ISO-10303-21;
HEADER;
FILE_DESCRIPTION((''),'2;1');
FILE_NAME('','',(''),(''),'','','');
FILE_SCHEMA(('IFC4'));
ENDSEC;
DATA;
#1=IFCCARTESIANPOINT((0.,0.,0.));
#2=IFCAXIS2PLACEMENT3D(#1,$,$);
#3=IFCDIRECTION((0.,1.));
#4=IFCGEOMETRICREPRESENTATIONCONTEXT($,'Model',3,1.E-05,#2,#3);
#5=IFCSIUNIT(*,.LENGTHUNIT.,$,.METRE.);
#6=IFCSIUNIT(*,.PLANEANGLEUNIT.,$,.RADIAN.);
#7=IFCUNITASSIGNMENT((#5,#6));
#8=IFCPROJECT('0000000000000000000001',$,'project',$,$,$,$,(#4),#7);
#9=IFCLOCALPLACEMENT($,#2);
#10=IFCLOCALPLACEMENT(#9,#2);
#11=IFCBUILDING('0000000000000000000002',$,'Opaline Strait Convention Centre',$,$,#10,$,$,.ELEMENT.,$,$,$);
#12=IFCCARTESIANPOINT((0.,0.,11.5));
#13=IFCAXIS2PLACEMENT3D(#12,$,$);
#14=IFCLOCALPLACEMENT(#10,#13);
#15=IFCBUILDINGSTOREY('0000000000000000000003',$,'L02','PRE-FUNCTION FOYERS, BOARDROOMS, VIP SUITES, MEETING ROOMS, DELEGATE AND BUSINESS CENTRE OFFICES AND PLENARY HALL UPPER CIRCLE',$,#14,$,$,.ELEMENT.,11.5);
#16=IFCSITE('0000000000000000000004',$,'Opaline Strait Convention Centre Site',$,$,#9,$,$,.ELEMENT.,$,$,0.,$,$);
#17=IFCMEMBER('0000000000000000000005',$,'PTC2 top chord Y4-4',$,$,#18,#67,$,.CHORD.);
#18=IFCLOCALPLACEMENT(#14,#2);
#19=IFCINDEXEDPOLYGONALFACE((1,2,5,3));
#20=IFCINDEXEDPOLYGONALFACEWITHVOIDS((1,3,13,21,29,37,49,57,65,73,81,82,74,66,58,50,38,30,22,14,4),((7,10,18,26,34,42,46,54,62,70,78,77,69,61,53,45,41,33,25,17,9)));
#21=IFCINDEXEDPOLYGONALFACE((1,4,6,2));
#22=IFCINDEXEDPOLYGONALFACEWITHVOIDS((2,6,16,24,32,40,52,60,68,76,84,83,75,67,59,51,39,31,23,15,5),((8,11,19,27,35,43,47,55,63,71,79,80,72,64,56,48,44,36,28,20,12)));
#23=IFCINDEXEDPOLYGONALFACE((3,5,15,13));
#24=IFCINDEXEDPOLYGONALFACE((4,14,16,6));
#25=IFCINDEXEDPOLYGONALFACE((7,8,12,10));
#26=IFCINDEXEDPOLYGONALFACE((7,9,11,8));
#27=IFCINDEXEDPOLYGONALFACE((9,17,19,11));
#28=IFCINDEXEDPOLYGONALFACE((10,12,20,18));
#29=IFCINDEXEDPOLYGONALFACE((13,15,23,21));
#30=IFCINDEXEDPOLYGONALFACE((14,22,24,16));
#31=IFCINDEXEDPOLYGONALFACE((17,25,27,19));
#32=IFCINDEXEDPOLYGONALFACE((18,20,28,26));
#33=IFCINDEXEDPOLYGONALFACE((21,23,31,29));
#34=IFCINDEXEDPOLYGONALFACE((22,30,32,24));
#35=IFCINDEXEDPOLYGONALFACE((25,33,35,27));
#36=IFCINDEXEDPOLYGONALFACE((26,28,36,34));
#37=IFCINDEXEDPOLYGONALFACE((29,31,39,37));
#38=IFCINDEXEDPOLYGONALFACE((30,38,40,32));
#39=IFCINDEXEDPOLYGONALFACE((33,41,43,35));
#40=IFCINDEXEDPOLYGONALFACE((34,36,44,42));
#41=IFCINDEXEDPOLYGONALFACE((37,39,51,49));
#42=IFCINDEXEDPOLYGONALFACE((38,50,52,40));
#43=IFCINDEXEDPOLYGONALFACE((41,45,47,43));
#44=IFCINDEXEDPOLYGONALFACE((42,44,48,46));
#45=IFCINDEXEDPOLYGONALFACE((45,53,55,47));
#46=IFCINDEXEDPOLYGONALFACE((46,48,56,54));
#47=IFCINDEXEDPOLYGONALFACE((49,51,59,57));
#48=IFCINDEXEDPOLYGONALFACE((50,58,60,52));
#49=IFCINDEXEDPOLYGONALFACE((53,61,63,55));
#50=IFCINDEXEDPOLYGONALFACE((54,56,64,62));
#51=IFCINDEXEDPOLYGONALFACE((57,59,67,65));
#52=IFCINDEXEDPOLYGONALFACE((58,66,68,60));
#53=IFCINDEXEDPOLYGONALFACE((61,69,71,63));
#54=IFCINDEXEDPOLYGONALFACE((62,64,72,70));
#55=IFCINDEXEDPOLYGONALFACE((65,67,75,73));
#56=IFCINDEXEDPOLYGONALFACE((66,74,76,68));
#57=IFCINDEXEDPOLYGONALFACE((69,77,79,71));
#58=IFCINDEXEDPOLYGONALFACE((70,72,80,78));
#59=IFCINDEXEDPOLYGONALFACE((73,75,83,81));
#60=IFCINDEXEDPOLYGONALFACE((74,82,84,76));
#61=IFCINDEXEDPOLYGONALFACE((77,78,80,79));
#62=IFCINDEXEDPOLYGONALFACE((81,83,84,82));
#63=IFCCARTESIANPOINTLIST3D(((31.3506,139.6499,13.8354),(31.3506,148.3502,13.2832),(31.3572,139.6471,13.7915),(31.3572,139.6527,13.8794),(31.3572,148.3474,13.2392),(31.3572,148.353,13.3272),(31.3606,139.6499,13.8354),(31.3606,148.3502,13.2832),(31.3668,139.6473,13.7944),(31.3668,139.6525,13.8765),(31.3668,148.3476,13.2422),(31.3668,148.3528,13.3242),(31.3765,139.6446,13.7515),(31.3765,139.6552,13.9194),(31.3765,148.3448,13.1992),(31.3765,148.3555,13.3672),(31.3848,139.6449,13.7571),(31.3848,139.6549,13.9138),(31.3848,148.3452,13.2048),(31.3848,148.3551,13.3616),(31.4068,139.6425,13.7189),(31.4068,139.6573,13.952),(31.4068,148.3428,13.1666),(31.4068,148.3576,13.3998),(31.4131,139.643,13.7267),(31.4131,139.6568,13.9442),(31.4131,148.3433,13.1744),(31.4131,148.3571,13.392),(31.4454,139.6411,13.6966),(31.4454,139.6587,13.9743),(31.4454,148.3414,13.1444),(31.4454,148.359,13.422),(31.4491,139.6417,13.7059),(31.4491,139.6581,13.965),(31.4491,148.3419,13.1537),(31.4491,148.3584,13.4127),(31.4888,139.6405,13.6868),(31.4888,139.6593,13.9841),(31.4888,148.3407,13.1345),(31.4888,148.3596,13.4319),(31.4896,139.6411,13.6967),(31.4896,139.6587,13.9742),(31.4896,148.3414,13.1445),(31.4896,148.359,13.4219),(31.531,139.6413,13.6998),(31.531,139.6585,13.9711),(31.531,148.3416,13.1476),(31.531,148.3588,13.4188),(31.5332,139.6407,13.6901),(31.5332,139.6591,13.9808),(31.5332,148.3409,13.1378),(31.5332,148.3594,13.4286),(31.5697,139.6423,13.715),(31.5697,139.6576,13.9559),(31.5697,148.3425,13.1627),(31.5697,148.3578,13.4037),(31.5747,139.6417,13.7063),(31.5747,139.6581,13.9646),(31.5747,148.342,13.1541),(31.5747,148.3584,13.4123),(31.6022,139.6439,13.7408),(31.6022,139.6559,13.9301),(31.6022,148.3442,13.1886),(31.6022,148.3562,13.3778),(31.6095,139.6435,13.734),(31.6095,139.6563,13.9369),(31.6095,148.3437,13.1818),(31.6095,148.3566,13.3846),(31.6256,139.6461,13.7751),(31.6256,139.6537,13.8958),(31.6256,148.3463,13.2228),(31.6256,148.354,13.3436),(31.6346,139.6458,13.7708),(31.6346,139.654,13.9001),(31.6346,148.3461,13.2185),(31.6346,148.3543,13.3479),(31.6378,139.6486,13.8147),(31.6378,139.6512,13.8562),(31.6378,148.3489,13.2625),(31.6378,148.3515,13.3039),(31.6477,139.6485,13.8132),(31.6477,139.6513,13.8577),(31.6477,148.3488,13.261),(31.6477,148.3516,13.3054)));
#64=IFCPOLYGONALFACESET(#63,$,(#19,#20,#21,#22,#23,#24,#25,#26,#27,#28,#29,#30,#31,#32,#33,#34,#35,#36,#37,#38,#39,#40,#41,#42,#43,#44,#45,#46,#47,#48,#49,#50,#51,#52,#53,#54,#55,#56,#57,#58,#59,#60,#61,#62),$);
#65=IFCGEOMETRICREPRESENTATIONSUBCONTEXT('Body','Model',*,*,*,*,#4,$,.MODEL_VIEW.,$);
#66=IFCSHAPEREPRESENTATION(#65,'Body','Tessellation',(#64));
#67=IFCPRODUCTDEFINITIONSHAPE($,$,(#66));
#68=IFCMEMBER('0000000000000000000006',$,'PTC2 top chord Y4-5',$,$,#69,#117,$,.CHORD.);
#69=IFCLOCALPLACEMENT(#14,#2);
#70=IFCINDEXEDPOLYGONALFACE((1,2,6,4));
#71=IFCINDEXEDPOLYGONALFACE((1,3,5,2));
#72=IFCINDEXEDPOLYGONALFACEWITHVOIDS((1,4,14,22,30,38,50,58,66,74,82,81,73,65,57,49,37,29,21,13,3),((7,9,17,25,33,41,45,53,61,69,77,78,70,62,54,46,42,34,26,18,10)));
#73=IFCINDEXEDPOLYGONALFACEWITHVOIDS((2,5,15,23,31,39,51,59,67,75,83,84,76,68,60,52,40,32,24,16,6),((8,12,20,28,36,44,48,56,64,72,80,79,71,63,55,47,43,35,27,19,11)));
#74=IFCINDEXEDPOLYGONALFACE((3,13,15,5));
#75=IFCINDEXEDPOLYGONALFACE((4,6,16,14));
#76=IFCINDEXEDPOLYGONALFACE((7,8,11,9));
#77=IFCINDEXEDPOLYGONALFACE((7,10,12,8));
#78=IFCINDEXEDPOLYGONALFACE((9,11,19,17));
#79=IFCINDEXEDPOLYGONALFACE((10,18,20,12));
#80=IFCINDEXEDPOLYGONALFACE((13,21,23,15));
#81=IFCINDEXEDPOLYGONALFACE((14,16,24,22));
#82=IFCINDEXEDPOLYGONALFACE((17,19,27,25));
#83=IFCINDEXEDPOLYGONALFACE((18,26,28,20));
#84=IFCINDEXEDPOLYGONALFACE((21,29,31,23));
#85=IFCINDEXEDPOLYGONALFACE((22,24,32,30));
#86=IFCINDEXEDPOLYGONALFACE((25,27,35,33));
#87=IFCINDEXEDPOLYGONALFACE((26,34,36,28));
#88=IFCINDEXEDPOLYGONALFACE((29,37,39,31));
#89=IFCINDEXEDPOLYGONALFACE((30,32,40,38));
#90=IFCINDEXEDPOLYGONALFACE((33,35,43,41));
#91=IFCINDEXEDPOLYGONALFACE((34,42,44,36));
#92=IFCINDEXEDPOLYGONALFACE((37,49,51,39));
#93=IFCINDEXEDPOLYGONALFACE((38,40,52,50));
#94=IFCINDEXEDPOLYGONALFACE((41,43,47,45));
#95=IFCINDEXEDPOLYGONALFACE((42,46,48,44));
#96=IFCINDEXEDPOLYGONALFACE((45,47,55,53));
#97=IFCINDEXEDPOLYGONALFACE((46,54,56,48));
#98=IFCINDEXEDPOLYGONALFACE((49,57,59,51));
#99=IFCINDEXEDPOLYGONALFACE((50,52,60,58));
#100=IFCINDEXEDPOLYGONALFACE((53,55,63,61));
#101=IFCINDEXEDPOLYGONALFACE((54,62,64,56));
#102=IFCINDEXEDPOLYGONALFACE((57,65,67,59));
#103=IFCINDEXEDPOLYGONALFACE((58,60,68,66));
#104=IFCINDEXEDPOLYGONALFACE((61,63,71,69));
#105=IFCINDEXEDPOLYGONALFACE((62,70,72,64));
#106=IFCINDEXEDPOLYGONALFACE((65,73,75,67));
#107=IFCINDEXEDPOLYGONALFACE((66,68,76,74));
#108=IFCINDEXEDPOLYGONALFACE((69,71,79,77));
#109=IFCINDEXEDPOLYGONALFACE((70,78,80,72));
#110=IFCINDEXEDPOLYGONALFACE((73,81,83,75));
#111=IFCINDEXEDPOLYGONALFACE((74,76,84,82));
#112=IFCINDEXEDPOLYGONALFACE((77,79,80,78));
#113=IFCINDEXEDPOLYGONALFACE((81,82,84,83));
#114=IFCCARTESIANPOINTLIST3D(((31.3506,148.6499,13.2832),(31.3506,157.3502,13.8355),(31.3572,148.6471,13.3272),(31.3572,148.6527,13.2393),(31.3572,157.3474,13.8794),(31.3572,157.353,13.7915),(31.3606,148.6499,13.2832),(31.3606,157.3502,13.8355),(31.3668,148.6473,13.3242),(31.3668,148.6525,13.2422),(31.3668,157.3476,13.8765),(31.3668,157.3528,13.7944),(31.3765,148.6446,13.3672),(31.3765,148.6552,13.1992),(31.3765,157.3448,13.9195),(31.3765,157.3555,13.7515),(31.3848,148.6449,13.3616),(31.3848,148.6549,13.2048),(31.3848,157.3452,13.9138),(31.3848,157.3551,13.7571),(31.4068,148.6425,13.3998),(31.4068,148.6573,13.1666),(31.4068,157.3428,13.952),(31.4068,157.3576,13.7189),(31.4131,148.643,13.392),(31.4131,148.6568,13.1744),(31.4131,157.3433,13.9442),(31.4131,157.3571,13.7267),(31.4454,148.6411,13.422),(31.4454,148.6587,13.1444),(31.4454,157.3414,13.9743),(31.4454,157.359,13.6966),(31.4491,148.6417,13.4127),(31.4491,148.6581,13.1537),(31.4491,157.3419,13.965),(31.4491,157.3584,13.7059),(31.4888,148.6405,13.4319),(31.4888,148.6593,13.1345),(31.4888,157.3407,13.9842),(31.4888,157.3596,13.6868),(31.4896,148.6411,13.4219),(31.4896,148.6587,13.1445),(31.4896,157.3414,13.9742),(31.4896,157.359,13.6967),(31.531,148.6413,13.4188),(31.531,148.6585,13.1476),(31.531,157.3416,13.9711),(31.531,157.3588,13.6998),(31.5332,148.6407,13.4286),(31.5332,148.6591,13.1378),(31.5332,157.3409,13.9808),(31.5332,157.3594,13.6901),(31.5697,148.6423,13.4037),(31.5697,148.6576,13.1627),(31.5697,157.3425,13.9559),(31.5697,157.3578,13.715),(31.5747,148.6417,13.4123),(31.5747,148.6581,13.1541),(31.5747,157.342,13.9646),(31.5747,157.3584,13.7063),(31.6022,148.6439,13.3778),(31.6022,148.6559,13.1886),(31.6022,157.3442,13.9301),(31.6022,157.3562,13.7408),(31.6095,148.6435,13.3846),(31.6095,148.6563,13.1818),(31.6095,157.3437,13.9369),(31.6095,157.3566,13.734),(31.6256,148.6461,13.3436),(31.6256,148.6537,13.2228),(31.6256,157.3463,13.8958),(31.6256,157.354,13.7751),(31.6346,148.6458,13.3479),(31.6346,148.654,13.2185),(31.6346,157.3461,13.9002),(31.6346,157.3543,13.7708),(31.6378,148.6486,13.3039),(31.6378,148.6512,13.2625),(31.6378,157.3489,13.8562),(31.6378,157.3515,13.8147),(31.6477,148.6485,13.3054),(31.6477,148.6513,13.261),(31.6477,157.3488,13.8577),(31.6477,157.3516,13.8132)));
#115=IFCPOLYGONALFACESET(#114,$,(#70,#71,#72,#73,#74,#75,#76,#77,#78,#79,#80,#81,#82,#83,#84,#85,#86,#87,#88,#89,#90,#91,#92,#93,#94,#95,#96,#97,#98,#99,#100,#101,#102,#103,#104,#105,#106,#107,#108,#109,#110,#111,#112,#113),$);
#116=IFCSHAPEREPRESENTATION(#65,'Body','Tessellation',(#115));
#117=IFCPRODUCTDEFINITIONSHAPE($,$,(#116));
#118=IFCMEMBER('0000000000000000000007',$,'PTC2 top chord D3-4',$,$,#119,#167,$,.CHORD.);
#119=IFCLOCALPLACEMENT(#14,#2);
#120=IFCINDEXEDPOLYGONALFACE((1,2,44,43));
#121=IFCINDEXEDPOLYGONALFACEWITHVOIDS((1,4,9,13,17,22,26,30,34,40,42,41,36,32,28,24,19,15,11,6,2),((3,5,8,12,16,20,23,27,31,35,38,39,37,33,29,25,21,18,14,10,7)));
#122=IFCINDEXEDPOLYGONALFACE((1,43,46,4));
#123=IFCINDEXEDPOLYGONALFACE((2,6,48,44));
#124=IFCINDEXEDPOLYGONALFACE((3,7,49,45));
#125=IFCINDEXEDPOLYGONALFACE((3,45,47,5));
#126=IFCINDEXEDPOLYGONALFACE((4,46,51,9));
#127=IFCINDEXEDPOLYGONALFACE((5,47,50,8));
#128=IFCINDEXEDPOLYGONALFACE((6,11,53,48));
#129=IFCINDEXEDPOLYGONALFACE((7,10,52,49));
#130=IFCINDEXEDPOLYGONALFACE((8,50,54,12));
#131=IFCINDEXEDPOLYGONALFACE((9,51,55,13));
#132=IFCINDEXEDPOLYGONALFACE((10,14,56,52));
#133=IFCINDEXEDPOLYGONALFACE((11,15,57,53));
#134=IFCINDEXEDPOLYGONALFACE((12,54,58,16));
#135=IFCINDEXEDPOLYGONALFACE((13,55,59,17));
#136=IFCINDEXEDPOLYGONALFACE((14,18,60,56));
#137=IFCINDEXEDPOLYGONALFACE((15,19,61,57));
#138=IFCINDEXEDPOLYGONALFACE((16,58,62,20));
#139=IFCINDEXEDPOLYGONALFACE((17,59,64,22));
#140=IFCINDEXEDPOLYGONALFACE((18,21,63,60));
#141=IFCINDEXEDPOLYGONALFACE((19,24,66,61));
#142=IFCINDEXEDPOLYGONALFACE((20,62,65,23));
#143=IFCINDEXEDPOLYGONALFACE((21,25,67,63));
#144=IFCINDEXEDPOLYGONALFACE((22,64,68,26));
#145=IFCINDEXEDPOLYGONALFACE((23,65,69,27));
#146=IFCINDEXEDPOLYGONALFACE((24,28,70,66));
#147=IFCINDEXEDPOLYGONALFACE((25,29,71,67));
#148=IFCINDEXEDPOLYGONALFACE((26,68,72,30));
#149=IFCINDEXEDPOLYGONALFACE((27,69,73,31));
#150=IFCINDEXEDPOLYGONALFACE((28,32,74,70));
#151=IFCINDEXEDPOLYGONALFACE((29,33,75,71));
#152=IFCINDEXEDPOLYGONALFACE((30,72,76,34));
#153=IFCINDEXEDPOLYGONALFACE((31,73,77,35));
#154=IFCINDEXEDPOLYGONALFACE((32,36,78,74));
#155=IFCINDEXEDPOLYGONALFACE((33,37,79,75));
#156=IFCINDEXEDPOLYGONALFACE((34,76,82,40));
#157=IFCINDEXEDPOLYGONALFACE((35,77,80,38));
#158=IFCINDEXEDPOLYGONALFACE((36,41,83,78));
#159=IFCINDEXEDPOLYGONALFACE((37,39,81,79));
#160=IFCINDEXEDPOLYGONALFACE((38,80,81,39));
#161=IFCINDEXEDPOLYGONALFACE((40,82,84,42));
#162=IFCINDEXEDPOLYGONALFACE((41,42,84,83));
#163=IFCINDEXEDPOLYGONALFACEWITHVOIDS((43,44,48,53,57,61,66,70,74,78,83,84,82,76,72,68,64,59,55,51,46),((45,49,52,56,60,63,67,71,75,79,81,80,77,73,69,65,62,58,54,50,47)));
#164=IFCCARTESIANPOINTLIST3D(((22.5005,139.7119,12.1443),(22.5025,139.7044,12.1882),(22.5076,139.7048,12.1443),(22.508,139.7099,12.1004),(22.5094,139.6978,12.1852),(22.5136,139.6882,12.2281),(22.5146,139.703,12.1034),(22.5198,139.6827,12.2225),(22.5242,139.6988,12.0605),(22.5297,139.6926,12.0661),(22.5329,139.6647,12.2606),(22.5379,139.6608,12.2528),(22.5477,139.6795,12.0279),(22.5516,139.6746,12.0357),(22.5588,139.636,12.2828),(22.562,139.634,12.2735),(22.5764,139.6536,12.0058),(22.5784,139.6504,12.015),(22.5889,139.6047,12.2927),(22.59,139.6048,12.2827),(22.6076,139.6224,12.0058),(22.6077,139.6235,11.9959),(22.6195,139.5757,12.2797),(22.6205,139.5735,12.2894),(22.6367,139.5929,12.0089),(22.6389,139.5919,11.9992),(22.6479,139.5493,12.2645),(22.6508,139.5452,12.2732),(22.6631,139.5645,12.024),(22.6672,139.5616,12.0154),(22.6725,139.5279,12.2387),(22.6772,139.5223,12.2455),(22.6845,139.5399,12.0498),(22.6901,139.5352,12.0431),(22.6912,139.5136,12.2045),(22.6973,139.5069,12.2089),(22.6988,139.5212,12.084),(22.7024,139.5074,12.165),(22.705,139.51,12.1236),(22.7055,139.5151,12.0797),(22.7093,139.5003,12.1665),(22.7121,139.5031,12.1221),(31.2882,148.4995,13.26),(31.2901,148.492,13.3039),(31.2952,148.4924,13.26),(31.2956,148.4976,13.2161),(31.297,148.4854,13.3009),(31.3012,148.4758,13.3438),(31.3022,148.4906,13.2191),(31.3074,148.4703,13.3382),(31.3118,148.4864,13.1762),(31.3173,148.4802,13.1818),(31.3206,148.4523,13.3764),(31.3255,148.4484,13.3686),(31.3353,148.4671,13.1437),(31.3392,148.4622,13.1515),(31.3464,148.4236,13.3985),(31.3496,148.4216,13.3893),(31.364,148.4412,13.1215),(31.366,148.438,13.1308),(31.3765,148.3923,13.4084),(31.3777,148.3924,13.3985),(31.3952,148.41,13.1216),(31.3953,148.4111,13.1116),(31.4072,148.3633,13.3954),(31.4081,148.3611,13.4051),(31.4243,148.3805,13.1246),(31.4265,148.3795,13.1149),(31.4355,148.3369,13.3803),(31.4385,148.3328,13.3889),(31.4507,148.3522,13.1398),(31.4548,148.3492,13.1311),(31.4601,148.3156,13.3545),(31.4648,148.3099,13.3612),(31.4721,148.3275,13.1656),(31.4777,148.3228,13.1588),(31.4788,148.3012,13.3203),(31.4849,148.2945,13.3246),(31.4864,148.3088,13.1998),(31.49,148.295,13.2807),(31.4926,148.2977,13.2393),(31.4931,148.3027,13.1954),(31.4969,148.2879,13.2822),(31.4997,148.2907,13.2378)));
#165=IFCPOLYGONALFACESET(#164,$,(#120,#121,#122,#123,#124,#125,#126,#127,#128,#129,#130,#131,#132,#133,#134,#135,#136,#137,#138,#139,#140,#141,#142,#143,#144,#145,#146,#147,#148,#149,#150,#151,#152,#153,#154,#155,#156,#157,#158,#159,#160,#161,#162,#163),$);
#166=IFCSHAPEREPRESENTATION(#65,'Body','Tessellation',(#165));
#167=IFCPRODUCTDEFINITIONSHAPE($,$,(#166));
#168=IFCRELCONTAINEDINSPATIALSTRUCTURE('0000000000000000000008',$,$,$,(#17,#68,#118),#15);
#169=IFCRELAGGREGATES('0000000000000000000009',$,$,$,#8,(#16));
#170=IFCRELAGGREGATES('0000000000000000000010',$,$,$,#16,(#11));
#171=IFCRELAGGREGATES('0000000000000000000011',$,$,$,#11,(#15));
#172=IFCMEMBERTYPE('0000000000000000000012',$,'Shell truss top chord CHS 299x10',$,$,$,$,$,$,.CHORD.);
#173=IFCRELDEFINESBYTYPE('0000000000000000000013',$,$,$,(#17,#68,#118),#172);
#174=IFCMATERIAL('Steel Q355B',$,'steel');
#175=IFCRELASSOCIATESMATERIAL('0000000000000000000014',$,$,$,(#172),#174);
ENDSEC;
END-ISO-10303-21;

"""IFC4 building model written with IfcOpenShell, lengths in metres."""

from ifc_helpers import new_model, si_unit, direction, frame, origin, origin_2d, place, context, subcontext, project, spatial, hollow_circle, extrude, material, material_profile, profile_set, type_object, element, save


model = new_model("IFC4")

# Units and contexts
model_context = context("Model", 3, precision=1e-05, world=origin(), true_north=direction((0.0, 1.0)))
body_context = subcontext(model_context, "Body", "Model", "MODEL_VIEW")
ifc_project = project(units=[si_unit("LENGTHUNIT", "METRE"), si_unit("PLANEANGLEUNIT", "RADIAN")], contexts=[model_context])

# Site, building, storey
site_placement = place(None, origin())
site = spatial("IfcSite", under=ifc_project, at=site_placement, Name="Opaline Strait Convention Centre Site", CompositionType="ELEMENT", RefElevation=0.0)
building_placement = place(site_placement, origin())
building = spatial("IfcBuilding", under=site, at=building_placement, Name="Opaline Strait Convention Centre", CompositionType="ELEMENT")
storey_placement = place(building_placement, frame((0.0, 0.0, 11.5)))
storey = spatial("IfcBuildingStorey", under=building, at=storey_placement, Name="L02", Description="PRE-FUNCTION FOYERS, BOARDROOMS, VIP SUITES, MEETING ROOMS, DELEGATE AND BUSINESS CENTRE OFFICES AND PLENARY HALL UPPER CIRCLE", CompositionType="ELEMENT", Elevation=11.5)

# Members
ifc_material_1 = material(Name="Steel Q355B", Category="steel")
ifc_material_profile_1 = material_profile(ifc_material_1, hollow_circle(Radius=0.1494, WallThickness=0.01, at=origin_2d()), Name="CHS 299x10")
ifc_profile_set_1 = profile_set([ifc_material_profile_1], Name="Steel Q355B")
member_type_1 = type_object("IfcMemberType", Name="Shell truss top chord CHS 299x10", PredefinedType="CHORD", material=ifc_profile_set_1)
for number, where, z_axis, x_axis, name in (
    (1, (31.5, 139.6499, 13.8354), (0.0, 0.997992, -0.063348), (-1.0, 0.0, 0.0), "PTC2 top chord Y4-4"),
    (2, (31.5, 148.6499, 13.2832), (0.0, 0.997992, 0.063348), (-1.0, 0.0, 0.0), "PTC2 top chord Y4-5"),
):
    element("IfcMember", number, at=place(storey_placement, frame(where, z_axis=z_axis, x_axis=x_axis)), inside=storey, type_object=member_type_1, Name=name, PredefinedType="CHORD", context=body_context, shape_type="SweptSolid", body=[
        extrude(hollow_circle(Radius=0.1494, WallThickness=0.01, at=origin_2d()), origin(), (0.0, 0.0, 1.0), 8.7178),
    ])
member_1_placement = place(storey_placement, frame((22.6062, 139.6062, 12.1443), z_axis=(0.704274, 0.704274, 0.089419), x_axis=(-0.707107, 0.707107, 0.0)))
element("IfcMember", 3, at=member_1_placement, inside=storey, type_object=member_type_1, Name="PTC2 top chord D3-4", PredefinedType="CHORD", context=body_context, shape_type="SweptSolid", body=[
    extrude(hollow_circle(Radius=0.1494, WallThickness=0.01, at=origin_2d()), origin(), (0.0, 0.0, 1.0), 12.4775),
])

save(model, "model.ifc")
